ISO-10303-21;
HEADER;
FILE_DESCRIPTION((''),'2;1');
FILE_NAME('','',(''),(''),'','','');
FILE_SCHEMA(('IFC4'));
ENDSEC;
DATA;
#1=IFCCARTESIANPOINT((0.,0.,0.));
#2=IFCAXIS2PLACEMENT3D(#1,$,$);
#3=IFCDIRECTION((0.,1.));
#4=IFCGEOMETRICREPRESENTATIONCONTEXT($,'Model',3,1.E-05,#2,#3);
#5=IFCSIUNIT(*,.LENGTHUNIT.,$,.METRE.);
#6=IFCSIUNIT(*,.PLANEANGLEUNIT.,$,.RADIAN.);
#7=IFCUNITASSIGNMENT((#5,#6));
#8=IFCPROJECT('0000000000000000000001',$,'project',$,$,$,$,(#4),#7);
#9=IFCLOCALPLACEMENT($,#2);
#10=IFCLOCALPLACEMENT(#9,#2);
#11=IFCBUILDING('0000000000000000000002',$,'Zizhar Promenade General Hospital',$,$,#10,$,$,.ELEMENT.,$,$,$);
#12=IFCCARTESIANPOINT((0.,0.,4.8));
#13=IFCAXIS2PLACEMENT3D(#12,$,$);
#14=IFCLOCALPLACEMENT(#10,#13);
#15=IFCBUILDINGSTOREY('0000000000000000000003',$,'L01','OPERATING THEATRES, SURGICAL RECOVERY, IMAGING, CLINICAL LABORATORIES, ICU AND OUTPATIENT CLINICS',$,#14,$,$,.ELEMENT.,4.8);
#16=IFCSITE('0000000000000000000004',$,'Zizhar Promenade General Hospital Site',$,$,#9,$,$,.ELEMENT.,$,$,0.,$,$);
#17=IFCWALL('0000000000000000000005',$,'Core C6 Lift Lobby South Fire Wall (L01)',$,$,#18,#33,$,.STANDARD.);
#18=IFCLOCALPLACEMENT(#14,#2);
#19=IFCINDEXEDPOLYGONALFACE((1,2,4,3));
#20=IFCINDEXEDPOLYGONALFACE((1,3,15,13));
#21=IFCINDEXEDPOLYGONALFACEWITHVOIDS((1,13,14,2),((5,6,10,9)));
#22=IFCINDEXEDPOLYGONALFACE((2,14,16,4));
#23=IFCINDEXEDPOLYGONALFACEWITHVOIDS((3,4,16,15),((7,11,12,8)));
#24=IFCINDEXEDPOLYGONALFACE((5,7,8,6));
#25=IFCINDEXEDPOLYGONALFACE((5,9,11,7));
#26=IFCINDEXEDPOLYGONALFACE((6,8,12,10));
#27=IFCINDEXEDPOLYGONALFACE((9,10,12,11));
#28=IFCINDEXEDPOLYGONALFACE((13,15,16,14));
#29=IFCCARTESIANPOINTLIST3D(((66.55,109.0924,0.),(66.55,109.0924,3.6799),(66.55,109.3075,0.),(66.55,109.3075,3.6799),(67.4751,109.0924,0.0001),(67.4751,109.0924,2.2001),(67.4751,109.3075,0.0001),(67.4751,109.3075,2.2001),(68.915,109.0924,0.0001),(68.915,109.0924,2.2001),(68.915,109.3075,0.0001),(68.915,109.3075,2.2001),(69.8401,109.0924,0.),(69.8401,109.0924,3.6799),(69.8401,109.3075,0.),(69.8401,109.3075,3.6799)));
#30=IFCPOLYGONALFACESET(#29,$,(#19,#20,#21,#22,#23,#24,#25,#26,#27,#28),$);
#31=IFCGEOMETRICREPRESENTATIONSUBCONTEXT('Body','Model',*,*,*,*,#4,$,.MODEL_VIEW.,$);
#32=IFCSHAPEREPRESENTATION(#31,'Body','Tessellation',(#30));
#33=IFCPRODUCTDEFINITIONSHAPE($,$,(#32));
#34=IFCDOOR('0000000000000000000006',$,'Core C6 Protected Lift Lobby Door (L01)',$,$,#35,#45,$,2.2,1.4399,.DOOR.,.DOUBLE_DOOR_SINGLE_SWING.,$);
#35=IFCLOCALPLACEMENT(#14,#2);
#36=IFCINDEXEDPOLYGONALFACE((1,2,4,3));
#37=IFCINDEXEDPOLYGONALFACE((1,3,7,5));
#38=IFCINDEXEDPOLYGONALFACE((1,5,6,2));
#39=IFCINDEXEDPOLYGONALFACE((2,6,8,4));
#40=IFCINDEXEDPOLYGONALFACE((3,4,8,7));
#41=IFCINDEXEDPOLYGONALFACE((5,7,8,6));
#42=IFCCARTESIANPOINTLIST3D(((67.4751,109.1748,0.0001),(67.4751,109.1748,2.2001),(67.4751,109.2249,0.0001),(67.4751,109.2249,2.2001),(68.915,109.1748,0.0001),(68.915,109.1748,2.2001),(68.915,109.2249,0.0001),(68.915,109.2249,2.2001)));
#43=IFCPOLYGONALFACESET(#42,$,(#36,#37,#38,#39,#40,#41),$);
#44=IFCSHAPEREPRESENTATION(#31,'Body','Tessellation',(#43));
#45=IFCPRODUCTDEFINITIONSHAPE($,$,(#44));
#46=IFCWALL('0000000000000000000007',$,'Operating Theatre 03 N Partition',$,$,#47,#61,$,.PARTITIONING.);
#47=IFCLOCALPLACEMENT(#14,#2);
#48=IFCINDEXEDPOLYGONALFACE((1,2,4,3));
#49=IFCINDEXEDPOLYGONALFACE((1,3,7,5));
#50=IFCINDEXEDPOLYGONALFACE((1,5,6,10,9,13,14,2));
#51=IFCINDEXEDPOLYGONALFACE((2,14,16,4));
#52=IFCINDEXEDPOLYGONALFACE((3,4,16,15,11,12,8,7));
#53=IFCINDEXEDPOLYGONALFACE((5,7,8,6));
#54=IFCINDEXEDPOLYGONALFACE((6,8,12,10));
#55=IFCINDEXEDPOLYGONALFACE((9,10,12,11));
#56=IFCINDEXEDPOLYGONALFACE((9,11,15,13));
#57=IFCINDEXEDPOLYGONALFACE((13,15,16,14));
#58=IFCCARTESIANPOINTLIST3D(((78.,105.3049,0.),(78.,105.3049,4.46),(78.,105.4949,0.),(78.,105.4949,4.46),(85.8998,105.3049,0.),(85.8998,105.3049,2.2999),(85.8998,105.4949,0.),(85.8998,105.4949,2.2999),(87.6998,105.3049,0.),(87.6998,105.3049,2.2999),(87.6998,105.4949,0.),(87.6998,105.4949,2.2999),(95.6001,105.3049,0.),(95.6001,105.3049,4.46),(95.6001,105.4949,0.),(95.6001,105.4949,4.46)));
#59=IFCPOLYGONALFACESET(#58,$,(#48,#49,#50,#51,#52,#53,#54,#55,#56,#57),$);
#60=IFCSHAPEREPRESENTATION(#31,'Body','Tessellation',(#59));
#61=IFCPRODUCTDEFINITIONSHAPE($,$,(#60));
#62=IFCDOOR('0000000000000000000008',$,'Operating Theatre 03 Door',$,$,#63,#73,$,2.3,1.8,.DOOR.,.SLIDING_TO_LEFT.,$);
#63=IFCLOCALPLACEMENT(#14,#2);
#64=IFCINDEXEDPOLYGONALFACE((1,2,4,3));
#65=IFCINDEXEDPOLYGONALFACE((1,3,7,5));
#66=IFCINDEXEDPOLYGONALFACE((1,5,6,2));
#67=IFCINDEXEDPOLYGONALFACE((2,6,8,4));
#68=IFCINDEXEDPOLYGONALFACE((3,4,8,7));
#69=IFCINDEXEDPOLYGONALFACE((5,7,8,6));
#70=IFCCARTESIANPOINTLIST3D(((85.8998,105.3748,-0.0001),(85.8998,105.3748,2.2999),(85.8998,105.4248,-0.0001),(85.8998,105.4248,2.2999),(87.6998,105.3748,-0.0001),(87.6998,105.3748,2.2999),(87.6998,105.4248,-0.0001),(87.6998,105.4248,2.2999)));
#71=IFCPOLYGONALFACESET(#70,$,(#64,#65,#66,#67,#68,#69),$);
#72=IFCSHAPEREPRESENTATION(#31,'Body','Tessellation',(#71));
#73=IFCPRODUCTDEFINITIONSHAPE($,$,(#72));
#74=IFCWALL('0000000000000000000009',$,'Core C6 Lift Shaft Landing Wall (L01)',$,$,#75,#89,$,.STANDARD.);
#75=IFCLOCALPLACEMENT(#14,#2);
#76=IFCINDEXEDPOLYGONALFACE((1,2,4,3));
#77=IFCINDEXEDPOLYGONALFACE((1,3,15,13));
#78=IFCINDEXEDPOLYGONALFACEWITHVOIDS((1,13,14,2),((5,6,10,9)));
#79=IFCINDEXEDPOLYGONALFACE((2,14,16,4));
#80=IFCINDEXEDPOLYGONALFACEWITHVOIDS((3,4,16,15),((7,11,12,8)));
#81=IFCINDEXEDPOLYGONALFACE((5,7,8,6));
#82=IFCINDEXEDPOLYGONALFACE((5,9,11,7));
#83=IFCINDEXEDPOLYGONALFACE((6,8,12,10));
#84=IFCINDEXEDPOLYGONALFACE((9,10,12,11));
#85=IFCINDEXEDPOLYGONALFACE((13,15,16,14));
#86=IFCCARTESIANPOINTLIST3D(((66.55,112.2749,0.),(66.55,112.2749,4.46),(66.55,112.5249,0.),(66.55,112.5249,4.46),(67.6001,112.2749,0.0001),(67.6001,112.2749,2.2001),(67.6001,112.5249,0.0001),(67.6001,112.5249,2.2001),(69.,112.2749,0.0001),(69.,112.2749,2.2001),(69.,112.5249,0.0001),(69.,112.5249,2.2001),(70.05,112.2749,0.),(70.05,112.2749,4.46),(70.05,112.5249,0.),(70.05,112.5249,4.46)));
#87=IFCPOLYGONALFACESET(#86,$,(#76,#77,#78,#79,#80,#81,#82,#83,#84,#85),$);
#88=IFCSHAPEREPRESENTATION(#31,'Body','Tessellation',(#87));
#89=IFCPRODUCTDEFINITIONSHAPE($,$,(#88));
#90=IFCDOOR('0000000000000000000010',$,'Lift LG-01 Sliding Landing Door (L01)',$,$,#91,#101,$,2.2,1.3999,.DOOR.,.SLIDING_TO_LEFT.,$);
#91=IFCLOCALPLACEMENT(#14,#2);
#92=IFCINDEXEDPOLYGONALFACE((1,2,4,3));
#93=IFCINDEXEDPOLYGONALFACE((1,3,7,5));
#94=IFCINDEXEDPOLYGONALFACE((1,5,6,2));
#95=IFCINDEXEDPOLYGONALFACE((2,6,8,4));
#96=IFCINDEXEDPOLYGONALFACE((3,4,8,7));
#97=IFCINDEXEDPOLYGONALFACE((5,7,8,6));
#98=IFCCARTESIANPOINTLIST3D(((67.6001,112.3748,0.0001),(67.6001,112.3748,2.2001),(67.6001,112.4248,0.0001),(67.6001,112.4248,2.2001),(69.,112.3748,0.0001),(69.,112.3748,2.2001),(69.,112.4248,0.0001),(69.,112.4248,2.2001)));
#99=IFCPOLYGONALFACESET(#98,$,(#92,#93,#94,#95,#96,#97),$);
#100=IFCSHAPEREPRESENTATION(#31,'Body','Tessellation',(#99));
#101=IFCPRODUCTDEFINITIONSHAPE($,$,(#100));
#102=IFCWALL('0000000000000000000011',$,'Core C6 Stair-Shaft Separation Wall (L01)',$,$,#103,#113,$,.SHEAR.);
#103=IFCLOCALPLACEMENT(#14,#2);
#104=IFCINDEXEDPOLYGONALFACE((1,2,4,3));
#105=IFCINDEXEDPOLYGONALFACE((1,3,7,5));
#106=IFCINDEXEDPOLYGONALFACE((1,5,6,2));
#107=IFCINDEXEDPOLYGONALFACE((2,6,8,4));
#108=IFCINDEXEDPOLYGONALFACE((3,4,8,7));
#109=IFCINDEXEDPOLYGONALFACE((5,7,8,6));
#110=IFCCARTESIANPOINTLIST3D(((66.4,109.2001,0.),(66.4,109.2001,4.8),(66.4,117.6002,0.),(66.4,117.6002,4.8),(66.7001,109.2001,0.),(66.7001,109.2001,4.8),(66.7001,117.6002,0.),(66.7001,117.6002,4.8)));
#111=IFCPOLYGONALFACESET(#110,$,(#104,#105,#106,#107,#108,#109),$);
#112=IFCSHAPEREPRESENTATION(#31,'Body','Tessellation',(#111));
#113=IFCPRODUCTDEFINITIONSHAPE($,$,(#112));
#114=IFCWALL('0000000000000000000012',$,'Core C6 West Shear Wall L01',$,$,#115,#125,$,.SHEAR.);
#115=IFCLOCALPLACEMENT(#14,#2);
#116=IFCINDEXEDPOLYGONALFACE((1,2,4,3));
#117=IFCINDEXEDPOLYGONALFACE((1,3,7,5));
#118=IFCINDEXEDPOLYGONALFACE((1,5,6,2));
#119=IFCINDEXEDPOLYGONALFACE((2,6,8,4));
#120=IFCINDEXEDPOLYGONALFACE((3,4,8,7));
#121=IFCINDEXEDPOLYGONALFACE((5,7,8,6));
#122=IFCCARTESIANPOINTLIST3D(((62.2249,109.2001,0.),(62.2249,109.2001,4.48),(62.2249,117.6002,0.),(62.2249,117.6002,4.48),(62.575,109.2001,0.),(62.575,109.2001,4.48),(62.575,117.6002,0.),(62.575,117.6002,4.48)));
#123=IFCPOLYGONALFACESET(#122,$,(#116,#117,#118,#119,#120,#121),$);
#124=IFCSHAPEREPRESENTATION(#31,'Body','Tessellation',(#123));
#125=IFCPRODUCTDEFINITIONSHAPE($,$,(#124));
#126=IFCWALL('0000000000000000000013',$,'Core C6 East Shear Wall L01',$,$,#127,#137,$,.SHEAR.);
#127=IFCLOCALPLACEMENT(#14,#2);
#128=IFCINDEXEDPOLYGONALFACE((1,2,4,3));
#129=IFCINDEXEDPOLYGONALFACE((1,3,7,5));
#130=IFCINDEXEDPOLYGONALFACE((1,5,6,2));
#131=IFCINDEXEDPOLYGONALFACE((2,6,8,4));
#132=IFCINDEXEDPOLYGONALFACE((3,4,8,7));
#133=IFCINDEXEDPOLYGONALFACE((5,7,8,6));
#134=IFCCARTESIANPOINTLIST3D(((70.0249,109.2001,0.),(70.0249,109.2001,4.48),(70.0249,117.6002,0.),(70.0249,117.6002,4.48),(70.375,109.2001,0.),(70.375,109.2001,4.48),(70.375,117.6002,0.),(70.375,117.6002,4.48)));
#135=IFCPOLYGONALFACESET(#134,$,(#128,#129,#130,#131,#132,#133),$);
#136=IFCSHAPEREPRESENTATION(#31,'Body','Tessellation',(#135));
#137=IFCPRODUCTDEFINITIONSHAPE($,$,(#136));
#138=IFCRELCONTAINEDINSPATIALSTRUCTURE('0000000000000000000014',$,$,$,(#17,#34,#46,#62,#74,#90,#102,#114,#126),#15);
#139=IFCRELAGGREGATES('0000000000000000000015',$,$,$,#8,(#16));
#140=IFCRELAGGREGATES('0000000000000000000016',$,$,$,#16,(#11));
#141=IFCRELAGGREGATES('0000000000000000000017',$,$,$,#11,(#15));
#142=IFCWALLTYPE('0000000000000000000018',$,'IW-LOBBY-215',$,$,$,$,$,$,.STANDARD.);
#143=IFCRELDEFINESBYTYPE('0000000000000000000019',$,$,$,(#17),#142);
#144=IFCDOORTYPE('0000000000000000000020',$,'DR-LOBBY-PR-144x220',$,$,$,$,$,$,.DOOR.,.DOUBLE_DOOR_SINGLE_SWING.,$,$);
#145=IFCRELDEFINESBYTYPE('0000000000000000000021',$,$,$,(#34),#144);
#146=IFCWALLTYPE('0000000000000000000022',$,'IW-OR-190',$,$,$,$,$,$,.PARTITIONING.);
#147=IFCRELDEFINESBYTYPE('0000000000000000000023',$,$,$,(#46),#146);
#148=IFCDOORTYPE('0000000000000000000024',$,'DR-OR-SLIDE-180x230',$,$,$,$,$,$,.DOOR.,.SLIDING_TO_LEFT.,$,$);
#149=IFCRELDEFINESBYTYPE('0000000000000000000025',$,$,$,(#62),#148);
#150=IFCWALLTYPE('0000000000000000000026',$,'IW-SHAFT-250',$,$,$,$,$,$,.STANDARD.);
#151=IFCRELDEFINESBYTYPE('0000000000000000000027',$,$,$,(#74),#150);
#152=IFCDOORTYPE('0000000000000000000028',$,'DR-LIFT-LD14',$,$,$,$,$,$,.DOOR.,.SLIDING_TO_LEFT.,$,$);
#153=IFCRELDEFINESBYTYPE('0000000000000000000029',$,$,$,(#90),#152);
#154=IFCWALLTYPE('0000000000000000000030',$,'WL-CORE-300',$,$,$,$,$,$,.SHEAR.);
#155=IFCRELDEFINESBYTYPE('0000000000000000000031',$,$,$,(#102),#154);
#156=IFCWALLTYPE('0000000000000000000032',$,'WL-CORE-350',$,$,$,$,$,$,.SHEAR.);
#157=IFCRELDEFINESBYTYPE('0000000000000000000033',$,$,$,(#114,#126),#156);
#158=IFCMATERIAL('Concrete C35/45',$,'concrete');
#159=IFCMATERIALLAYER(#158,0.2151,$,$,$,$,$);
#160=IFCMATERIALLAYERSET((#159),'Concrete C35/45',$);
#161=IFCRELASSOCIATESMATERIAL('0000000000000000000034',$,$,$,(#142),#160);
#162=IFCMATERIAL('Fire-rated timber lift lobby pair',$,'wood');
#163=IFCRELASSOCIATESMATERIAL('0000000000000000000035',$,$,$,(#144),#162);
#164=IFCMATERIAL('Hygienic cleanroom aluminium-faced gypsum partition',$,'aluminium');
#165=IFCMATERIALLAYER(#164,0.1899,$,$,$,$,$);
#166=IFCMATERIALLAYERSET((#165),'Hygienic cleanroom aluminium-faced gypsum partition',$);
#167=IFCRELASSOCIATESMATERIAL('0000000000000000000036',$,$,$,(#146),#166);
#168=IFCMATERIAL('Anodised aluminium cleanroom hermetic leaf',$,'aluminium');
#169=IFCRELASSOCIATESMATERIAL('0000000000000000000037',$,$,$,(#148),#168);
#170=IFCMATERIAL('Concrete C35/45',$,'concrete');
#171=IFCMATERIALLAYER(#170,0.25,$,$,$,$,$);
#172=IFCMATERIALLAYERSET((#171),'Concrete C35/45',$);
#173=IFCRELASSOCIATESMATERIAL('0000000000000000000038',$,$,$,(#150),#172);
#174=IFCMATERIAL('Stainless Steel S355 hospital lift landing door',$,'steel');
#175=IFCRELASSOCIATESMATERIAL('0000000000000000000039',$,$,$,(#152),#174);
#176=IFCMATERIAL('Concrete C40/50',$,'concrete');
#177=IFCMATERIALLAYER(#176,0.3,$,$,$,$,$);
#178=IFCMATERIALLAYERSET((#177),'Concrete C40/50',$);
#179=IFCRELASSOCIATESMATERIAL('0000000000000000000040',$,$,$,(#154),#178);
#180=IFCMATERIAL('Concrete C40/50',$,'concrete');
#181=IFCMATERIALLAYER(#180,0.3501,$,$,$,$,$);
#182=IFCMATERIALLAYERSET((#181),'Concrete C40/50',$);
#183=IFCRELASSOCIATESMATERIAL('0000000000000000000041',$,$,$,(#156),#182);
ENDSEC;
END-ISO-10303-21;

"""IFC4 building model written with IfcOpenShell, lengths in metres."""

from ifc_helpers import new_model, si_unit, direction, frame, frame_2d, origin, place, context, subcontext, project, spatial, rectangle, extrude, material, layer, layer_set, type_object, element, fill, save


model = new_model("IFC4")

# Units and contexts
model_context = context("Model", 3, precision=1e-05, world=origin(), true_north=direction((0.0, 1.0)))
body_context = subcontext(model_context, "Body", "Model", "MODEL_VIEW")
ifc_project = project(units=[si_unit("LENGTHUNIT", "METRE"), si_unit("PLANEANGLEUNIT", "RADIAN")], contexts=[model_context])

# Site, building, storey
site_placement = place(None, origin())
site = spatial("IfcSite", under=ifc_project, at=site_placement, Name="Zizhar Promenade General Hospital Site", CompositionType="ELEMENT", RefElevation=0.0)
building_placement = place(site_placement, origin())
building = spatial("IfcBuilding", under=site, at=building_placement, Name="Zizhar Promenade General Hospital", CompositionType="ELEMENT")
storey_placement = place(building_placement, frame((0.0, 0.0, 4.8)))
storey = spatial("IfcBuildingStorey", under=building, at=storey_placement, Name="L01", Description="OPERATING THEATRES, SURGICAL RECOVERY, IMAGING, CLINICAL LABORATORIES, ICU AND OUTPATIENT CLINICS", CompositionType="ELEMENT", Elevation=4.8)

# Walls, openings, doors
ifc_material_1 = material(Name="Concrete C35/45", Category="concrete")
ifc_layer_1 = layer(ifc_material_1, 0.2151)
ifc_layer_set_1 = layer_set([ifc_layer_1], Name="Concrete C35/45")
wall_type_1 = type_object("IfcWallType", Name="IW-LOBBY-215", PredefinedType="STANDARD", material=ifc_layer_set_1)
wall_1_placement = place(storey_placement, frame((66.55, 109.2, 0.0), z_axis=(0.0, 0.0, 1.0), x_axis=(1.0, 0.0, 0.0)))
wall_1 = element("IfcWall", 1, at=wall_1_placement, inside=storey, type_object=wall_type_1, Name="Core C6 Lift Lobby South Fire Wall (L01)", PredefinedType="STANDARD", context=body_context, shape_type="SweptSolid", body=[
    extrude(rectangle(XDim=3.29, YDim=0.2151, at=frame_2d((1.645, 0.0))), origin(), (0.0, 0.0, 1.0), 3.6799),
])
opening_1_placement = place(wall_1_placement, frame((0.925, 0.0, 0.0)))
opening_1 = element("IfcOpeningElement", 2, at=opening_1_placement, cuts=wall_1, PredefinedType="OPENING", context=body_context, shape_type="SweptSolid", body=[
    extrude(rectangle(XDim=1.4399, YDim=2.2, at=frame_2d((0.72, 1.1001))), frame((0.0, 0.1177, 0.0), z_axis=(0.0, -1.0, 0.0), x_axis=(1.0, 0.0, 0.0)), (0.0, 0.0, 1.0), 0.2351),
])
ifc_material_2 = material(Name="Fire-rated timber lift lobby pair", Category="wood")
door_type_1 = type_object("IfcDoorType", Name="DR-LOBBY-PR-144x220", OperationType="DOUBLE_DOOR_SINGLE_SWING", PredefinedType="DOOR", material=ifc_material_2)
door_1_placement = place(opening_1_placement, origin())
door_1 = element("IfcDoor", 3, at=door_1_placement, inside=storey, type_object=door_type_1, Name="Core C6 Protected Lift Lobby Door (L01)", OperationType="DOUBLE_DOOR_SINGLE_SWING", OverallHeight=2.2, OverallWidth=1.4399, PredefinedType="DOOR", context=body_context, shape_type="SweptSolid", body=[
    extrude(rectangle(XDim=1.4399, YDim=2.2, at=frame_2d((0.72, 1.1001))), frame((0.0, 0.0249, 0.0), z_axis=(0.0, -1.0, 0.0), x_axis=(1.0, 0.0, 0.0)), (0.0, 0.0, 1.0), 0.05),
])
fill(opening_1, door_1)
ifc_material_3 = material(Name="Hygienic cleanroom aluminium-faced gypsum partition", Category="aluminium")
ifc_layer_2 = layer(ifc_material_3, 0.1899)
ifc_layer_set_2 = layer_set([ifc_layer_2], Name="Hygienic cleanroom aluminium-faced gypsum partition")
wall_type_2 = type_object("IfcWallType", Name="IW-OR-190", PredefinedType="PARTITIONING", material=ifc_layer_set_2)
wall_2_placement = place(storey_placement, frame((78.0, 105.3999, 0.0), z_axis=(0.0, 0.0, 1.0), x_axis=(1.0, 0.0, 0.0)))
wall_2 = element("IfcWall", 4, at=wall_2_placement, inside=storey, type_object=wall_type_2, Name="Operating Theatre 03 N Partition", PredefinedType="PARTITIONING", context=body_context, shape_type="SweptSolid", body=[
    extrude(rectangle(XDim=17.6001, YDim=0.1899, at=frame_2d((8.8, 0.0))), origin(), (0.0, 0.0, 1.0), 4.46),
])
opening_2_placement = place(wall_2_placement, frame((7.8999, 0.0, 0.0)))
opening_2 = element("IfcOpeningElement", 5, at=opening_2_placement, cuts=wall_2, PredefinedType="OPENING", context=body_context, shape_type="SweptSolid", body=[
    extrude(rectangle(XDim=1.8, YDim=2.3, at=frame_2d((0.8999, 1.1499))), frame((0.0, 0.105, 0.0), z_axis=(0.0, -1.0, 0.0), x_axis=(1.0, 0.0, 0.0)), (0.0, 0.0, 1.0), 0.21),
])
ifc_material_4 = material(Name="Anodised aluminium cleanroom hermetic leaf", Category="aluminium")
door_type_2 = type_object("IfcDoorType", Name="DR-OR-SLIDE-180x230", OperationType="SLIDING_TO_LEFT", PredefinedType="DOOR", material=ifc_material_4)
door_2_placement = place(opening_2_placement, origin())
door_2 = element("IfcDoor", 6, at=door_2_placement, inside=storey, type_object=door_type_2, Name="Operating Theatre 03 Door", OperationType="SLIDING_TO_LEFT", OverallHeight=2.3, OverallWidth=1.8, PredefinedType="DOOR", context=body_context, shape_type="SweptSolid", body=[
    extrude(rectangle(XDim=1.8, YDim=2.3, at=frame_2d((0.8999, 1.1499))), frame((0.0, 0.0249, 0.0), z_axis=(0.0, -1.0, 0.0), x_axis=(1.0, 0.0, 0.0)), (0.0, 0.0, 1.0), 0.05),
])
fill(opening_2, door_2)
ifc_material_5 = material(Name="Concrete C35/45", Category="concrete")
ifc_layer_3 = layer(ifc_material_5, 0.25)
ifc_layer_set_3 = layer_set([ifc_layer_3], Name="Concrete C35/45")
wall_type_3 = type_object("IfcWallType", Name="IW-SHAFT-250", PredefinedType="STANDARD", material=ifc_layer_set_3)
wall_3_placement = place(storey_placement, frame((66.55, 112.3999, 0.0), z_axis=(0.0, 0.0, 1.0), x_axis=(1.0, 0.0, 0.0)))
wall_3 = element("IfcWall", 7, at=wall_3_placement, inside=storey, type_object=wall_type_3, Name="Core C6 Lift Shaft Landing Wall (L01)", PredefinedType="STANDARD", context=body_context, shape_type="SweptSolid", body=[
    extrude(rectangle(XDim=3.5, YDim=0.25, at=frame_2d((1.75, 0.0))), origin(), (0.0, 0.0, 1.0), 4.46),
])
opening_3_placement = place(wall_3_placement, frame((1.05, 0.0, 0.0)))
opening_3 = element("IfcOpeningElement", 8, at=opening_3_placement, cuts=wall_3, PredefinedType="OPENING", context=body_context, shape_type="SweptSolid", body=[
    extrude(rectangle(XDim=1.3999, YDim=2.2, at=frame_2d((0.7, 1.1001))), frame((0.0, 0.135, 0.0), z_axis=(0.0, -1.0, 0.0), x_axis=(1.0, 0.0, 0.0)), (0.0, 0.0, 1.0), 0.27),
])
ifc_material_6 = material(Name="Stainless Steel S355 hospital lift landing door", Category="steel")
door_type_3 = type_object("IfcDoorType", Name="DR-LIFT-LD14", OperationType="SLIDING_TO_LEFT", PredefinedType="DOOR", material=ifc_material_6)
door_3_placement = place(opening_3_placement, origin())
door_3 = element("IfcDoor", 9, at=door_3_placement, inside=storey, type_object=door_type_3, Name="Lift LG-01 Sliding Landing Door (L01)", OperationType="SLIDING_TO_LEFT", OverallHeight=2.2, OverallWidth=1.3999, PredefinedType="DOOR", context=body_context, shape_type="SweptSolid", body=[
    extrude(rectangle(XDim=1.3999, YDim=2.2, at=frame_2d((0.7, 1.1001))), frame((0.0, 0.0249, 0.0), z_axis=(0.0, -1.0, 0.0), x_axis=(1.0, 0.0, 0.0)), (0.0, 0.0, 1.0), 0.05),
])
fill(opening_3, door_3)
ifc_material_7 = material(Name="Concrete C40/50", Category="concrete")
ifc_layer_4 = layer(ifc_material_7, 0.3)
ifc_layer_set_4 = layer_set([ifc_layer_4], Name="Concrete C40/50")
wall_type_4 = type_object("IfcWallType", Name="WL-CORE-300", PredefinedType="SHEAR", material=ifc_layer_set_4)

# Walls
wall_4_placement = place(storey_placement, frame((66.55, 109.2, 0.0), z_axis=(0.0, 0.0, 1.0), x_axis=(0.0, 1.0, 0.0)))
element("IfcWall", 10, at=wall_4_placement, inside=storey, type_object=wall_type_4, Name="Core C6 Stair-Shaft Separation Wall (L01)", PredefinedType="SHEAR", context=body_context, shape_type="SweptSolid", body=[
    extrude(rectangle(XDim=8.4001, YDim=0.3, at=frame_2d((4.2002, 0.0))), origin(), (0.0, 0.0, 1.0), 4.8),
])
ifc_material_8 = material(Name="Concrete C40/50", Category="concrete")
ifc_layer_5 = layer(ifc_material_8, 0.3501)
ifc_layer_set_5 = layer_set([ifc_layer_5], Name="Concrete C40/50")
wall_type_5 = type_object("IfcWallType", Name="WL-CORE-350", PredefinedType="SHEAR", material=ifc_layer_set_5)
for number, where, z_axis, x_axis, name in (
    (11, (62.3999, 109.2, 0.0), (0.0, 0.0, 1.0), (0.0, 1.0, 0.0), "Core C6 West Shear Wall L01"),
    (12, (70.2, 109.2, 0.0), (0.0, 0.0, 1.0), (0.0, 1.0, 0.0), "Core C6 East Shear Wall L01"),
):
    element("IfcWall", number, at=place(storey_placement, frame(where, z_axis=z_axis, x_axis=x_axis)), inside=storey, type_object=wall_type_5, Name=name, PredefinedType="SHEAR", context=body_context, shape_type="SweptSolid", body=[
        extrude(rectangle(XDim=8.4001, YDim=0.3501, at=frame_2d((4.2002, 0.0))), origin(), (0.0, 0.0, 1.0), 4.48),
    ])

save(model, "model.ifc")
